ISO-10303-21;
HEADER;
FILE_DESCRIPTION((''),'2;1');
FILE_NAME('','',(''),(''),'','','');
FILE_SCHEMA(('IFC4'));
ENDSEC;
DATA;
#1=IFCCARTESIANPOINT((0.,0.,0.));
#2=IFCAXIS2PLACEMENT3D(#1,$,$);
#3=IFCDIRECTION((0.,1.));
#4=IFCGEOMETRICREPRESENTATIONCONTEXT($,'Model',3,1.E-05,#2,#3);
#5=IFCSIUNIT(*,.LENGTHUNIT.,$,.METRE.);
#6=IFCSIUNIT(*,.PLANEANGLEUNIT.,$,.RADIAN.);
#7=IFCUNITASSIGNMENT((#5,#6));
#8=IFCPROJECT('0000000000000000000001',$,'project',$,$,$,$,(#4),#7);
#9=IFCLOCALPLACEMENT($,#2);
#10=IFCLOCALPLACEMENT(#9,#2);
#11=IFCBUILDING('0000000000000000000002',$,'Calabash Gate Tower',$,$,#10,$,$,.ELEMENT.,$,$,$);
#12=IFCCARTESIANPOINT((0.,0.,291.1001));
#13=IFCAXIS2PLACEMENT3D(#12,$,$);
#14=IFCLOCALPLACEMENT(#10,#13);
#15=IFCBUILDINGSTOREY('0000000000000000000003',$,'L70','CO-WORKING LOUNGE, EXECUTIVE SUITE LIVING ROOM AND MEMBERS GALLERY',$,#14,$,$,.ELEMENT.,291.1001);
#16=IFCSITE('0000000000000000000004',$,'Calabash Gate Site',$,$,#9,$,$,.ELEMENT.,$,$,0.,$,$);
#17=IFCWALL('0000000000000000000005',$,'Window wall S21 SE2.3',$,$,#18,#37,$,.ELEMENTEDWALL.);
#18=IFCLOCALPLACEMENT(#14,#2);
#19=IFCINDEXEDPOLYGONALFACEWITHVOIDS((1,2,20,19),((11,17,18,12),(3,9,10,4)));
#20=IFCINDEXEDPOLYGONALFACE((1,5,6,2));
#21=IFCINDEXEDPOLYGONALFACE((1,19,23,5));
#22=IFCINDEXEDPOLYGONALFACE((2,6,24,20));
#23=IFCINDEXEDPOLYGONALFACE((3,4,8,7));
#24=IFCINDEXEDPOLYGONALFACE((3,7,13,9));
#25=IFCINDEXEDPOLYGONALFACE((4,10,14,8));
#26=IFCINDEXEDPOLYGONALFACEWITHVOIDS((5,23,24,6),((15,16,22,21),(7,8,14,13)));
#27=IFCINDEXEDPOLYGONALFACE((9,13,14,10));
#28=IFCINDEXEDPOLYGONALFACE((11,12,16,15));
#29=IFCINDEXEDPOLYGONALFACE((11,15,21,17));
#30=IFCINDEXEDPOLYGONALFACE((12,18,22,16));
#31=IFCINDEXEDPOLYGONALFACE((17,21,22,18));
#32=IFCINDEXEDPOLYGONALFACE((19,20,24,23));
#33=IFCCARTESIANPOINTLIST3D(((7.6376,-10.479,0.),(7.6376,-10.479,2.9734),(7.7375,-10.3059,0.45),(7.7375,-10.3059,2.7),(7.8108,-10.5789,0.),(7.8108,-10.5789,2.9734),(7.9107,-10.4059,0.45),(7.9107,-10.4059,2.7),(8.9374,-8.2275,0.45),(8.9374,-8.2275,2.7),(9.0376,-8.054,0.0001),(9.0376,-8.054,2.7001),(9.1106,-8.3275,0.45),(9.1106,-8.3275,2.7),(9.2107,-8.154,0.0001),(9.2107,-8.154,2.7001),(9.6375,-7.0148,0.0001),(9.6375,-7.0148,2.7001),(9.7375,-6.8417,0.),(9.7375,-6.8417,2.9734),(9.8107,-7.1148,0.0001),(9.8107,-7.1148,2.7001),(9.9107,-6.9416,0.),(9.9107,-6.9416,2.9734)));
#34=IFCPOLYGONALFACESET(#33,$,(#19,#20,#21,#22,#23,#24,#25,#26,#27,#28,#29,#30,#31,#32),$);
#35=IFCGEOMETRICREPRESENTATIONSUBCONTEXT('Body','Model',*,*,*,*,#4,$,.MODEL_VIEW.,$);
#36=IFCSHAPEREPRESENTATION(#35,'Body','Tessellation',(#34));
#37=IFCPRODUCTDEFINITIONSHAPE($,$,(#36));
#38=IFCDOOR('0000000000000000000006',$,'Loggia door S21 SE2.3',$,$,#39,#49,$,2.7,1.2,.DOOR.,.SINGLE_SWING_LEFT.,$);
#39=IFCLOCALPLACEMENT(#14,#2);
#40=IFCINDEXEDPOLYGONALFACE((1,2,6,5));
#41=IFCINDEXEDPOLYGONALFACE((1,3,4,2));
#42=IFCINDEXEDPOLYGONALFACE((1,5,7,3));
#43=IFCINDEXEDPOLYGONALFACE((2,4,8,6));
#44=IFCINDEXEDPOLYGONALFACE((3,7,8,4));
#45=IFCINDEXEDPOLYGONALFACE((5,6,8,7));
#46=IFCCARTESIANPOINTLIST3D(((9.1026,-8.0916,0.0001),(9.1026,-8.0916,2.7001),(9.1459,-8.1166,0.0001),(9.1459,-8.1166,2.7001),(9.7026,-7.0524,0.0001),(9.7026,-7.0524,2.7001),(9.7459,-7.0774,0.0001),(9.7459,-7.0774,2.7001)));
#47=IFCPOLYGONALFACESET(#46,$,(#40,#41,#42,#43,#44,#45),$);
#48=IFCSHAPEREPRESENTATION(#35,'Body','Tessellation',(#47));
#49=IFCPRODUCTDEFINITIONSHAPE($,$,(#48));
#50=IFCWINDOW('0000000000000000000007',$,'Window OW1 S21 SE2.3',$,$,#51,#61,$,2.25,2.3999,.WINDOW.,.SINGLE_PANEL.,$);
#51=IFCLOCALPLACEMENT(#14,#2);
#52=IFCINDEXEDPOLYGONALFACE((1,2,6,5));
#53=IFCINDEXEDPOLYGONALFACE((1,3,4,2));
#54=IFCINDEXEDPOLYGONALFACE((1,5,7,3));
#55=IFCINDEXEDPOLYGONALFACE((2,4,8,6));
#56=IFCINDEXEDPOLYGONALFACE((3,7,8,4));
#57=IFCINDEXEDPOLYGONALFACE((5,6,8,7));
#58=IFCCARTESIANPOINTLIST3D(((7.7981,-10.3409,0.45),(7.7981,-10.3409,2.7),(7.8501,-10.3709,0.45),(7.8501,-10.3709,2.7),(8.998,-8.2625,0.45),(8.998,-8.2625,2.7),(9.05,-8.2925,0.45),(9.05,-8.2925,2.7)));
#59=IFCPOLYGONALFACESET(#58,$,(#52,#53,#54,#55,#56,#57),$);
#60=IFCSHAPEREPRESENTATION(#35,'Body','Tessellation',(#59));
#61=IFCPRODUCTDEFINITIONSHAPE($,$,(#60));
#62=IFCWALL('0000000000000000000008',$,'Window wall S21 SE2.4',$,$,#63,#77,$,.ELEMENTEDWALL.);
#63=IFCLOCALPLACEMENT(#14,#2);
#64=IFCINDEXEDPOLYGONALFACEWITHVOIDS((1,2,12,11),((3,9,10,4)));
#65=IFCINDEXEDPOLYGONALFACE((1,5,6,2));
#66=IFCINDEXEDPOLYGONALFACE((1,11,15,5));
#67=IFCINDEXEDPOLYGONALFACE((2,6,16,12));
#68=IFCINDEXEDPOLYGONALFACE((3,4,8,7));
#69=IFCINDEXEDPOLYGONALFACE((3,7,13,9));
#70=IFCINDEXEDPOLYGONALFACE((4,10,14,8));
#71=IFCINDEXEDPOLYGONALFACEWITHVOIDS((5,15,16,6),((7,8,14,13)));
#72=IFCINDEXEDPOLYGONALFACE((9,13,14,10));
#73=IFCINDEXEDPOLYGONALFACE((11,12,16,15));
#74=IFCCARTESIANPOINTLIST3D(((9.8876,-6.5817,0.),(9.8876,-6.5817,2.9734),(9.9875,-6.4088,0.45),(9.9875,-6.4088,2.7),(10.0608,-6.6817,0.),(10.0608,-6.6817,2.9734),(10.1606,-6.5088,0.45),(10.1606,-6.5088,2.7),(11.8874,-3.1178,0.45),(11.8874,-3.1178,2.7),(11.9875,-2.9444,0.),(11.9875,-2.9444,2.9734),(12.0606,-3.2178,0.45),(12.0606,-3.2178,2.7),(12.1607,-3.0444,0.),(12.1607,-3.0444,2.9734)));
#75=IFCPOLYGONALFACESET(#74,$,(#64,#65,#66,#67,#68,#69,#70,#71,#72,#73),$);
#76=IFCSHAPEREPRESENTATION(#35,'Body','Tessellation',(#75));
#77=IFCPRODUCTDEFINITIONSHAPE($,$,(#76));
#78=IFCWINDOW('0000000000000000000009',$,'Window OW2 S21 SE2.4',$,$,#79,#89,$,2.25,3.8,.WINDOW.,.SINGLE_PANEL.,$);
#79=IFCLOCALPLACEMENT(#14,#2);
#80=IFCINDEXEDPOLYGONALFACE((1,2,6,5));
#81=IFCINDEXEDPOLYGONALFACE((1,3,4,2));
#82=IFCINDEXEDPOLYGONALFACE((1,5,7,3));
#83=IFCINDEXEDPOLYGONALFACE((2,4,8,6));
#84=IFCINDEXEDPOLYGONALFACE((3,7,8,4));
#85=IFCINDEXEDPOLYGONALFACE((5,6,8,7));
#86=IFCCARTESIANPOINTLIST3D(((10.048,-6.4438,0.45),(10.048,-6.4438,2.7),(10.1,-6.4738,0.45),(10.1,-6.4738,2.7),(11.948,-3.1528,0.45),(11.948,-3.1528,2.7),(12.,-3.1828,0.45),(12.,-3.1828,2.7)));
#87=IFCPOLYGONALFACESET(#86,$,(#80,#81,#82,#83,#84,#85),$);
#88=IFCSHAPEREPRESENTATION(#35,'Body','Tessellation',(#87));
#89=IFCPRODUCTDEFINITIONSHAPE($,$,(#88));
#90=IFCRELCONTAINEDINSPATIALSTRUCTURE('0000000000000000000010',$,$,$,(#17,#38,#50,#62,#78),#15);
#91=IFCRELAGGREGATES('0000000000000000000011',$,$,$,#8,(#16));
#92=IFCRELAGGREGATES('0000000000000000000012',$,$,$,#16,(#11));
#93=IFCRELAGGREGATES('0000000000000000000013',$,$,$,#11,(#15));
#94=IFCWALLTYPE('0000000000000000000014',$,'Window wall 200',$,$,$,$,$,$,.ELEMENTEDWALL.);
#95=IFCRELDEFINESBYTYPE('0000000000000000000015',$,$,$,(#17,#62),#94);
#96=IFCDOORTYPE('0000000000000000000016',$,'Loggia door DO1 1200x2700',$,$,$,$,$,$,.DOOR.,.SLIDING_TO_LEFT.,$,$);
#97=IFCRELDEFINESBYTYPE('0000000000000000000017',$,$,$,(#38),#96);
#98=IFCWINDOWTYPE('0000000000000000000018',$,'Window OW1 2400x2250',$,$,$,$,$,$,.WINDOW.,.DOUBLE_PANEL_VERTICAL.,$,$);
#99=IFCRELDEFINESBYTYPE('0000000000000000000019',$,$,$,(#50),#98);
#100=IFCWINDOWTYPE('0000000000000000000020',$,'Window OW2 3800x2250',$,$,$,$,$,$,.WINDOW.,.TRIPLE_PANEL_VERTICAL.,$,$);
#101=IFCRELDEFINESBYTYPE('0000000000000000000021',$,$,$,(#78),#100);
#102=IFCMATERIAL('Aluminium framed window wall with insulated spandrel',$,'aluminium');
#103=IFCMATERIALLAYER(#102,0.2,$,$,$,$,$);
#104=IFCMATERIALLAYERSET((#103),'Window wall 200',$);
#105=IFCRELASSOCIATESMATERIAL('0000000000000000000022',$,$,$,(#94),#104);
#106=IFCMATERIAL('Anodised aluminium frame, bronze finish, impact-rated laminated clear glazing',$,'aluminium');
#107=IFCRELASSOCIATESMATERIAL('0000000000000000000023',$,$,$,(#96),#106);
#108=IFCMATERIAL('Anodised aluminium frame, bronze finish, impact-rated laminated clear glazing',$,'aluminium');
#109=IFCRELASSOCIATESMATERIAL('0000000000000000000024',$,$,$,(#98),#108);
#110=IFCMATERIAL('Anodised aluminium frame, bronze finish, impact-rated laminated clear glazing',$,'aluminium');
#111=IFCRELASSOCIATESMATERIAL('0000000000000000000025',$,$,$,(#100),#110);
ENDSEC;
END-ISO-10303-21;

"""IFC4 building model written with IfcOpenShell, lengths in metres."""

from ifc_helpers import new_model, si_unit, direction, frame, frame_2d, origin, place, context, subcontext, project, spatial, rectangle, extrude, material, layer, layer_set, type_object, element, fill, save


model = new_model("IFC4")

# Units and contexts
model_context = context("Model", 3, precision=1e-05, world=origin(), true_north=direction((0.0, 1.0)))
body_context = subcontext(model_context, "Body", "Model", "MODEL_VIEW")
ifc_project = project(units=[si_unit("LENGTHUNIT", "METRE"), si_unit("PLANEANGLEUNIT", "RADIAN")], contexts=[model_context])

# Site, building, storey
site_placement = place(None, origin())
site = spatial("IfcSite", under=ifc_project, at=site_placement, Name="Calabash Gate Site", CompositionType="ELEMENT", RefElevation=0.0)
building_placement = place(site_placement, origin())
building = spatial("IfcBuilding", under=site, at=building_placement, Name="Calabash Gate Tower", CompositionType="ELEMENT")
storey_placement = place(building_placement, frame((0.0, 0.0, 291.1001)))
storey = spatial("IfcBuildingStorey", under=building, at=storey_placement, Name="L70", Description="CO-WORKING LOUNGE, EXECUTIVE SUITE LIVING ROOM AND MEMBERS GALLERY", CompositionType="ELEMENT", Elevation=291.1001)

# Wall, openings, door, window
ifc_material_1 = material(Name="Aluminium framed window wall with insulated spandrel", Category="aluminium")
ifc_layer_1 = layer(ifc_material_1, 0.2)
ifc_layer_set_1 = layer_set([ifc_layer_1], Name="Window wall 200")
wall_type_1 = type_object("IfcWallType", Name="Window wall 200", PredefinedType="ELEMENTEDWALL", material=ifc_layer_set_1)
wall_1_placement = place(storey_placement, frame((7.7241, -10.5291, 0.0), z_axis=(0.0, 0.0, 1.0), x_axis=(0.499984, 0.866035, 0.0)))
wall_1 = element("IfcWall", 1, at=wall_1_placement, inside=storey, type_object=wall_type_1, Name="Window wall S21 SE2.3", PredefinedType="ELEMENTEDWALL", context=body_context, shape_type="SweptSolid", body=[
    extrude(rectangle(XDim=4.2, YDim=0.2, at=frame_2d((2.1001, 0.0))), origin(), (0.0, 0.0, 1.0), 2.9734),
])
opening_1_placement = place(wall_1_placement, frame((0.2, 0.0, 0.45)))
opening_1 = element("IfcOpeningElement", 2, at=opening_1_placement, cuts=wall_1, PredefinedType="OPENING", context=body_context, shape_type="SweptSolid", body=[
    extrude(rectangle(XDim=2.3999, YDim=2.25, at=frame_2d((1.2, 1.125))), frame((0.0, 0.1099, 0.0), z_axis=(0.0, -1.0, 0.0), x_axis=(1.0, 0.0, 0.0)), (0.0, 0.0, 1.0), 0.22),
])
opening_2_placement = place(wall_1_placement, frame((2.8, 0.0, 0.0)))
opening_2 = element("IfcOpeningElement", 3, at=opening_2_placement, cuts=wall_1, PredefinedType="OPENING", context=body_context, shape_type="SweptSolid", body=[
    extrude(rectangle(XDim=1.2, YDim=2.7, at=frame_2d((0.6001, 1.3501))), frame((0.0, 0.1099, 0.0), z_axis=(0.0, -1.0, 0.0), x_axis=(1.0, 0.0, 0.0)), (0.0, 0.0, 1.0), 0.22),
])
ifc_material_2 = material(Name="Anodised aluminium frame, bronze finish, impact-rated laminated clear glazing", Category="aluminium")
door_type_1 = type_object("IfcDoorType", Name="Loggia door DO1 1200x2700", OperationType="SLIDING_TO_LEFT", PredefinedType="DOOR", material=ifc_material_2)
door_1_placement = place(opening_2_placement, origin())
door_1 = element("IfcDoor", 4, at=door_1_placement, inside=storey, type_object=door_type_1, Name="Loggia door S21 SE2.3", OperationType="SINGLE_SWING_LEFT", OverallHeight=2.7, OverallWidth=1.2, PredefinedType="DOOR", context=body_context, shape_type="SweptSolid", body=[
    extrude(rectangle(XDim=1.2, YDim=2.7, at=frame_2d((0.6001, 1.3501))), frame((0.0, 0.0249, 0.0), z_axis=(0.0, -1.0, 0.0), x_axis=(1.0, 0.0, 0.0)), (0.0, 0.0, 1.0), 0.05),
])
fill(opening_2, door_1)
ifc_material_3 = material(Name="Anodised aluminium frame, bronze finish, impact-rated laminated clear glazing", Category="aluminium")
window_type_1 = type_object("IfcWindowType", Name="Window OW1 2400x2250", PartitioningType="DOUBLE_PANEL_VERTICAL", PredefinedType="WINDOW", material=ifc_material_3)
window_1_placement = place(opening_1_placement, origin())
window_1 = element("IfcWindow", 5, at=window_1_placement, inside=storey, type_object=window_type_1, Name="Window OW1 S21 SE2.3", OverallHeight=2.25, OverallWidth=2.3999, PartitioningType="SINGLE_PANEL", PredefinedType="WINDOW", context=body_context, shape_type="SweptSolid", body=[
    extrude(rectangle(XDim=2.3999, YDim=2.25, at=frame_2d((1.2, 1.125))), frame((0.0, 0.03, 0.0), z_axis=(0.0, -1.0, 0.0), x_axis=(1.0, 0.0, 0.0)), (0.0, 0.0, 1.0), 0.0601),
])
fill(opening_1, window_1)

# Wall, opening, window
wall_2_placement = place(storey_placement, frame((9.9741, -6.6318, 0.0), z_axis=(0.0, 0.0, 1.0), x_axis=(0.499984, 0.866035, 0.0)))
wall_2 = element("IfcWall", 6, at=wall_2_placement, inside=storey, type_object=wall_type_1, Name="Window wall S21 SE2.4", PredefinedType="ELEMENTEDWALL", context=body_context, shape_type="SweptSolid", body=[
    extrude(rectangle(XDim=4.2, YDim=0.2, at=frame_2d((2.1001, 0.0))), origin(), (0.0, 0.0, 1.0), 2.9734),
])
opening_3_placement = place(wall_2_placement, frame((0.2, 0.0, 0.45)))
opening_3 = element("IfcOpeningElement", 7, at=opening_3_placement, cuts=wall_2, PredefinedType="OPENING", context=body_context, shape_type="SweptSolid", body=[
    extrude(rectangle(XDim=3.8, YDim=2.25, at=frame_2d((1.8999, 1.125))), frame((0.0, 0.1099, 0.0), z_axis=(0.0, -1.0, 0.0), x_axis=(1.0, 0.0, 0.0)), (0.0, 0.0, 1.0), 0.22),
])
ifc_material_4 = material(Name="Anodised aluminium frame, bronze finish, impact-rated laminated clear glazing", Category="aluminium")
window_type_2 = type_object("IfcWindowType", Name="Window OW2 3800x2250", PartitioningType="TRIPLE_PANEL_VERTICAL", PredefinedType="WINDOW", material=ifc_material_4)
window_2_placement = place(opening_3_placement, origin())
window_2 = element("IfcWindow", 8, at=window_2_placement, inside=storey, type_object=window_type_2, Name="Window OW2 S21 SE2.4", OverallHeight=2.25, OverallWidth=3.8, PartitioningType="SINGLE_PANEL", PredefinedType="WINDOW", context=body_context, shape_type="SweptSolid", body=[
    extrude(rectangle(XDim=3.8, YDim=2.25, at=frame_2d((1.8999, 1.125))), frame((0.0, 0.03, 0.0), z_axis=(0.0, -1.0, 0.0), x_axis=(1.0, 0.0, 0.0)), (0.0, 0.0, 1.0), 0.0601),
])
fill(opening_3, window_2)

save(model, "model.ifc")
